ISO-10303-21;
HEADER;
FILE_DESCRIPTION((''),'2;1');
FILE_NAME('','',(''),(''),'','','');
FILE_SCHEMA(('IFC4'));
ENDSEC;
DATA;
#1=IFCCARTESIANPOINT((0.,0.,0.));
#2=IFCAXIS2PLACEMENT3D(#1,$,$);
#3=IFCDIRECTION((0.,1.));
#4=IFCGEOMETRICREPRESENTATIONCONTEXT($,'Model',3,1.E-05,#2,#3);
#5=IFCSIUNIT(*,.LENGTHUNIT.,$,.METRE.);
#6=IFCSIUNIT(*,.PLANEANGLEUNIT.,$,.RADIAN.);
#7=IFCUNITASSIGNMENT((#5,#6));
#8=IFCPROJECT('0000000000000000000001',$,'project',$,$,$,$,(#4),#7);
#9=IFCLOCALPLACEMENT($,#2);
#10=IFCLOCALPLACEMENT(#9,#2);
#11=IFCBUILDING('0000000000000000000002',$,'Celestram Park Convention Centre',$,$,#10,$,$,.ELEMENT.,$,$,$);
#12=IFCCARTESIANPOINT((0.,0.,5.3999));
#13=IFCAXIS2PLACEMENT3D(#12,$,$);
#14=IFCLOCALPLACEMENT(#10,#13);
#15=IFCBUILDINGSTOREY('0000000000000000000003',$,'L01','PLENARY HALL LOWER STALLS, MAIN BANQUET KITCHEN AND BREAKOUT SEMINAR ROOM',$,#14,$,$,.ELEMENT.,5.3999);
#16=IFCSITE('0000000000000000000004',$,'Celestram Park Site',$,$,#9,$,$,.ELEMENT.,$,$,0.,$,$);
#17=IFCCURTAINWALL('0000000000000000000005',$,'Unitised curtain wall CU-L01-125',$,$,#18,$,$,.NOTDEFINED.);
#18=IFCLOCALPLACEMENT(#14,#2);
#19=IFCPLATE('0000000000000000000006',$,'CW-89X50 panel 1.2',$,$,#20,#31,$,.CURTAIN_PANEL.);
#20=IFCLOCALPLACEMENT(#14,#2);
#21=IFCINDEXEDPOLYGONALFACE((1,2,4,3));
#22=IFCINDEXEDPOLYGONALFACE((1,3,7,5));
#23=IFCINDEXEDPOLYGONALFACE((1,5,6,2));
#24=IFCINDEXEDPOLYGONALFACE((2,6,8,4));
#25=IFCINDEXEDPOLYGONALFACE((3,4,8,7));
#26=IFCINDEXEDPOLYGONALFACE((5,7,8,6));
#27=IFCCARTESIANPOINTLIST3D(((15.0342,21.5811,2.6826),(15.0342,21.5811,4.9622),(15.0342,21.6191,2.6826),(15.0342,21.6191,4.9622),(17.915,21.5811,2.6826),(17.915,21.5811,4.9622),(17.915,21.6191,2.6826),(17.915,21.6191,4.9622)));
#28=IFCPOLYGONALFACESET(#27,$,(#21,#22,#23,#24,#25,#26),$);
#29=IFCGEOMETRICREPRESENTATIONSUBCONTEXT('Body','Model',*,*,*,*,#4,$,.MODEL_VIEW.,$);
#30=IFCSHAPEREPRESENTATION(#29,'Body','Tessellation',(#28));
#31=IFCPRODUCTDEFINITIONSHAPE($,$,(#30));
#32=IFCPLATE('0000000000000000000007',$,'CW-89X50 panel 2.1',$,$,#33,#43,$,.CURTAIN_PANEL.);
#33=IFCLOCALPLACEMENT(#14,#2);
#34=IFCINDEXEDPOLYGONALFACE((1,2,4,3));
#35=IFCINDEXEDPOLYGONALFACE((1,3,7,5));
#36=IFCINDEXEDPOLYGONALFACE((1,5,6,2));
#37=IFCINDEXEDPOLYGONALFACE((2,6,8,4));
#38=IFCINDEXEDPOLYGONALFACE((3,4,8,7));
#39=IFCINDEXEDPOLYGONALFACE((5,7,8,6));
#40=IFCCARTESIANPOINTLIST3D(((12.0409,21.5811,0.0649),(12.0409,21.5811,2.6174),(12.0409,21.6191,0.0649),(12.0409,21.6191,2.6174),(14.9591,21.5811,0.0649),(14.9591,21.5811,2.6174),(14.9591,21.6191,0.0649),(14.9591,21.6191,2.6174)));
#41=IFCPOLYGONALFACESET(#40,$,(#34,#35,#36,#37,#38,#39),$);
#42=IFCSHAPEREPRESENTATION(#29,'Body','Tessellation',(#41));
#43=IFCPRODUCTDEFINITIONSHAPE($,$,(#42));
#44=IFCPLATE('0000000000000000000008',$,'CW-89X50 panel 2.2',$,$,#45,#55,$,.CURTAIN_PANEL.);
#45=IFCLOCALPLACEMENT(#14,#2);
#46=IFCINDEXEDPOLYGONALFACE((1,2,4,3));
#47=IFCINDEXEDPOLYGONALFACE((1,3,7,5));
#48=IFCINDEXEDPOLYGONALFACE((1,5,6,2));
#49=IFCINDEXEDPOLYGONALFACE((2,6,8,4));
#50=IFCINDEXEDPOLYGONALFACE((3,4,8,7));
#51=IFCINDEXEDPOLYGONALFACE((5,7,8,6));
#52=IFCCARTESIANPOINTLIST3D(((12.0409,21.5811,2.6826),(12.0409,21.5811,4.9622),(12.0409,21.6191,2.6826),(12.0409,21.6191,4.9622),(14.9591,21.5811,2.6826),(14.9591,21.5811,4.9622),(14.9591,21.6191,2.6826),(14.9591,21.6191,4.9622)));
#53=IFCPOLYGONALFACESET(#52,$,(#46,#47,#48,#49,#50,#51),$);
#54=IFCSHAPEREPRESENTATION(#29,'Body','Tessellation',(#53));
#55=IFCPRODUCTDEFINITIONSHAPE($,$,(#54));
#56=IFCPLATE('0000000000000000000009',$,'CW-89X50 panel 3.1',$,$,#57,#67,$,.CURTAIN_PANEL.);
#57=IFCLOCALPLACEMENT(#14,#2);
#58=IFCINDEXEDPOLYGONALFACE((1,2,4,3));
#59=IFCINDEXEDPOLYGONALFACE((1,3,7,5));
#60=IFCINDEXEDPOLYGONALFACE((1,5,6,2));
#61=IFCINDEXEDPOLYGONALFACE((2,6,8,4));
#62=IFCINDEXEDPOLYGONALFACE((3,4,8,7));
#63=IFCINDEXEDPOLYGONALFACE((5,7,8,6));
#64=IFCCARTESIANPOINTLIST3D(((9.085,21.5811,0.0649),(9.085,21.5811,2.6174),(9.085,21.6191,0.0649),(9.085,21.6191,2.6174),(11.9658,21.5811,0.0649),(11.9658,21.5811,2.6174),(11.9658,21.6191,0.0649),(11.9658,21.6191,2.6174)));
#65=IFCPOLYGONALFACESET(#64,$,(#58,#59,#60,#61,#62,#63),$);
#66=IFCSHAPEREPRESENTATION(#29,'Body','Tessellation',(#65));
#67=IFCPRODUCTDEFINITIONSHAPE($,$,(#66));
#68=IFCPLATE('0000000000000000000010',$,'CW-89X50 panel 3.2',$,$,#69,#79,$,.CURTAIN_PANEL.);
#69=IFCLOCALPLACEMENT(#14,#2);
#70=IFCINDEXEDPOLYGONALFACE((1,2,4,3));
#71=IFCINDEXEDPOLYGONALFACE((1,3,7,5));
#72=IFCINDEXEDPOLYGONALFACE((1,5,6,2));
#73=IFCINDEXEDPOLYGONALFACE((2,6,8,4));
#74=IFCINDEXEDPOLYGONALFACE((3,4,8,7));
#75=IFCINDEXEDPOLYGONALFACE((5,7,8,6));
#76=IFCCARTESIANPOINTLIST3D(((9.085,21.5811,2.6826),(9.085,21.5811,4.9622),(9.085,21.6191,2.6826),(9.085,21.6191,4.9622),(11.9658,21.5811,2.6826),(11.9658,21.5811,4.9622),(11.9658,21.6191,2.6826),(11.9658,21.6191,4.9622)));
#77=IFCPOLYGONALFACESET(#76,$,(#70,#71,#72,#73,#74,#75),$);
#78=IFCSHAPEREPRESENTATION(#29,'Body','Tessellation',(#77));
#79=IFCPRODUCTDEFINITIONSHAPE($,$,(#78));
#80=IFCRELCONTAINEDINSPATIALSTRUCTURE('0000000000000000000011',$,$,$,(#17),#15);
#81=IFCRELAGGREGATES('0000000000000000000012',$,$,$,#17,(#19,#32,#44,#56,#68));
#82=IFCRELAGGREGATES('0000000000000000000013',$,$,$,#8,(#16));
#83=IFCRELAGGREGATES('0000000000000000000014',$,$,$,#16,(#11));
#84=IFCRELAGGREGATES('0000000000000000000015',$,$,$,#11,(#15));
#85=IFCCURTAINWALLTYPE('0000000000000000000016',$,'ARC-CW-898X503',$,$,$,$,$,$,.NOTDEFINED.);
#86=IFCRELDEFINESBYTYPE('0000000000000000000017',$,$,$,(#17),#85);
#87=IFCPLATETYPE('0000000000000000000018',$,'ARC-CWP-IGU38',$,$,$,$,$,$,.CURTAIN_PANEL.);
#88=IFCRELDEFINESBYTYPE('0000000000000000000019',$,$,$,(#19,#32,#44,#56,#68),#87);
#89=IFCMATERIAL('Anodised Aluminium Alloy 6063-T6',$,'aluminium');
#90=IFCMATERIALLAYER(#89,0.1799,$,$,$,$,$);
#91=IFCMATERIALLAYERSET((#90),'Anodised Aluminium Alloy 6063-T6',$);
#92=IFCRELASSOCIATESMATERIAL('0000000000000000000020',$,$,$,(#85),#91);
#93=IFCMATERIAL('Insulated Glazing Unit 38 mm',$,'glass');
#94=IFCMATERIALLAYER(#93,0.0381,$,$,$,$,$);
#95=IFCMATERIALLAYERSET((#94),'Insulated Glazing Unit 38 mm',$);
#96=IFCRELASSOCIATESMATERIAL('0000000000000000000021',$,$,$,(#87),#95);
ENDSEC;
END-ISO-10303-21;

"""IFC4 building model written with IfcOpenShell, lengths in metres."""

from ifc_helpers import new_model, si_unit, direction, frame, origin, origin_2d, place, context, subcontext, project, spatial, rectangle, extrude, material, layer, layer_set, type_object, element, aggregate, save


model = new_model("IFC4")

# Units and contexts
model_context = context("Model", 3, precision=1e-05, world=origin(), true_north=direction((0.0, 1.0)))
body_context = subcontext(model_context, "Body", "Model", "MODEL_VIEW")
ifc_project = project(units=[si_unit("LENGTHUNIT", "METRE"), si_unit("PLANEANGLEUNIT", "RADIAN")], contexts=[model_context])

# Site, building, storey
site_placement = place(None, origin())
site = spatial("IfcSite", under=ifc_project, at=site_placement, Name="Celestram Park Site", CompositionType="ELEMENT", RefElevation=0.0)
building_placement = place(site_placement, origin())
building = spatial("IfcBuilding", under=site, at=building_placement, Name="Celestram Park Convention Centre", CompositionType="ELEMENT")
storey_placement = place(building_placement, frame((0.0, 0.0, 5.3999)))
storey = spatial("IfcBuildingStorey", under=building, at=storey_placement, Name="L01", Description="PLENARY HALL LOWER STALLS, MAIN BANQUET KITCHEN AND BREAKOUT SEMINAR ROOM", CompositionType="ELEMENT", Elevation=5.3999)

# Shared definitions
ifc_material_1 = material(Name="Anodised Aluminium Alloy 6063-T6", Category="aluminium")

# Curtain wall
ifc_layer_1 = layer(ifc_material_1, 0.1799)
ifc_layer_set_1 = layer_set([ifc_layer_1], Name="Anodised Aluminium Alloy 6063-T6")
curtain_wall_type_1 = type_object("IfcCurtainWallType", Name="ARC-CW-898X503", PredefinedType="NOTDEFINED", material=ifc_layer_set_1)
curtain_wall_1_placement = place(storey_placement, origin())
curtain_wall_1 = element("IfcCurtainWall", 1, at=curtain_wall_1_placement, inside=storey, type_object=curtain_wall_type_1, Name="Unitised curtain wall CU-L01-125", PredefinedType="NOTDEFINED")

# Plates
ifc_material_2 = material(Name="Insulated Glazing Unit 38 mm", Category="glass")
ifc_layer_2 = layer(ifc_material_2, 0.0381)
ifc_layer_set_2 = layer_set([ifc_layer_2], Name="Insulated Glazing Unit 38 mm")
plate_type_1 = type_object("IfcPlateType", Name="ARC-CWP-IGU38", PredefinedType="CURTAIN_PANEL", material=ifc_layer_set_2)
plate_1_placement = place(storey_placement, frame((16.4746, 21.6001, 2.6826), z_axis=(0.0, 0.0, 1.0), x_axis=(-1.0, 0.0, 0.0)))
plate_1 = element("IfcPlate", 2, at=plate_1_placement, type_object=plate_type_1, Name="CW-89X50 panel 1.2", PredefinedType="CURTAIN_PANEL", context=body_context, shape_type="SweptSolid", body=[
    extrude(rectangle(XDim=2.8809, YDim=0.0381, at=origin_2d()), origin(), (0.0, 0.0, 1.0), 2.2795),
])
plate_2_placement = place(storey_placement, frame((13.5, 21.6001, 0.0649), z_axis=(0.0, 0.0, 1.0), x_axis=(-1.0, 0.0, 0.0)))
plate_2 = element("IfcPlate", 3, at=plate_2_placement, type_object=plate_type_1, Name="CW-89X50 panel 2.1", PredefinedType="CURTAIN_PANEL", context=body_context, shape_type="SweptSolid", body=[
    extrude(rectangle(XDim=2.9182, YDim=0.0381, at=origin_2d()), origin(), (0.0, 0.0, 1.0), 2.5525),
])
plate_3_placement = place(storey_placement, frame((13.5, 21.6001, 2.6826), z_axis=(0.0, 0.0, 1.0), x_axis=(-1.0, 0.0, 0.0)))
plate_3 = element("IfcPlate", 4, at=plate_3_placement, type_object=plate_type_1, Name="CW-89X50 panel 2.2", PredefinedType="CURTAIN_PANEL", context=body_context, shape_type="SweptSolid", body=[
    extrude(rectangle(XDim=2.9182, YDim=0.0381, at=origin_2d()), origin(), (0.0, 0.0, 1.0), 2.2795),
])
plate_4_placement = place(storey_placement, frame((10.5254, 21.6001, 0.0649), z_axis=(0.0, 0.0, 1.0), x_axis=(-1.0, 0.0, 0.0)))
plate_4 = element("IfcPlate", 5, at=plate_4_placement, type_object=plate_type_1, Name="CW-89X50 panel 3.1", PredefinedType="CURTAIN_PANEL", context=body_context, shape_type="SweptSolid", body=[
    extrude(rectangle(XDim=2.8809, YDim=0.0381, at=origin_2d()), origin(), (0.0, 0.0, 1.0), 2.5525),
])
plate_5_placement = place(storey_placement, frame((10.5254, 21.6001, 2.6826), z_axis=(0.0, 0.0, 1.0), x_axis=(-1.0, 0.0, 0.0)))
plate_5 = element("IfcPlate", 6, at=plate_5_placement, type_object=plate_type_1, Name="CW-89X50 panel 3.2", PredefinedType="CURTAIN_PANEL", context=body_context, shape_type="SweptSolid", body=[
    extrude(rectangle(XDim=2.8809, YDim=0.0381, at=origin_2d()), origin(), (0.0, 0.0, 1.0), 2.2795),
])
aggregate(curtain_wall_1, [plate_1, plate_2, plate_3, plate_4, plate_5])

save(model, "model.ifc")
